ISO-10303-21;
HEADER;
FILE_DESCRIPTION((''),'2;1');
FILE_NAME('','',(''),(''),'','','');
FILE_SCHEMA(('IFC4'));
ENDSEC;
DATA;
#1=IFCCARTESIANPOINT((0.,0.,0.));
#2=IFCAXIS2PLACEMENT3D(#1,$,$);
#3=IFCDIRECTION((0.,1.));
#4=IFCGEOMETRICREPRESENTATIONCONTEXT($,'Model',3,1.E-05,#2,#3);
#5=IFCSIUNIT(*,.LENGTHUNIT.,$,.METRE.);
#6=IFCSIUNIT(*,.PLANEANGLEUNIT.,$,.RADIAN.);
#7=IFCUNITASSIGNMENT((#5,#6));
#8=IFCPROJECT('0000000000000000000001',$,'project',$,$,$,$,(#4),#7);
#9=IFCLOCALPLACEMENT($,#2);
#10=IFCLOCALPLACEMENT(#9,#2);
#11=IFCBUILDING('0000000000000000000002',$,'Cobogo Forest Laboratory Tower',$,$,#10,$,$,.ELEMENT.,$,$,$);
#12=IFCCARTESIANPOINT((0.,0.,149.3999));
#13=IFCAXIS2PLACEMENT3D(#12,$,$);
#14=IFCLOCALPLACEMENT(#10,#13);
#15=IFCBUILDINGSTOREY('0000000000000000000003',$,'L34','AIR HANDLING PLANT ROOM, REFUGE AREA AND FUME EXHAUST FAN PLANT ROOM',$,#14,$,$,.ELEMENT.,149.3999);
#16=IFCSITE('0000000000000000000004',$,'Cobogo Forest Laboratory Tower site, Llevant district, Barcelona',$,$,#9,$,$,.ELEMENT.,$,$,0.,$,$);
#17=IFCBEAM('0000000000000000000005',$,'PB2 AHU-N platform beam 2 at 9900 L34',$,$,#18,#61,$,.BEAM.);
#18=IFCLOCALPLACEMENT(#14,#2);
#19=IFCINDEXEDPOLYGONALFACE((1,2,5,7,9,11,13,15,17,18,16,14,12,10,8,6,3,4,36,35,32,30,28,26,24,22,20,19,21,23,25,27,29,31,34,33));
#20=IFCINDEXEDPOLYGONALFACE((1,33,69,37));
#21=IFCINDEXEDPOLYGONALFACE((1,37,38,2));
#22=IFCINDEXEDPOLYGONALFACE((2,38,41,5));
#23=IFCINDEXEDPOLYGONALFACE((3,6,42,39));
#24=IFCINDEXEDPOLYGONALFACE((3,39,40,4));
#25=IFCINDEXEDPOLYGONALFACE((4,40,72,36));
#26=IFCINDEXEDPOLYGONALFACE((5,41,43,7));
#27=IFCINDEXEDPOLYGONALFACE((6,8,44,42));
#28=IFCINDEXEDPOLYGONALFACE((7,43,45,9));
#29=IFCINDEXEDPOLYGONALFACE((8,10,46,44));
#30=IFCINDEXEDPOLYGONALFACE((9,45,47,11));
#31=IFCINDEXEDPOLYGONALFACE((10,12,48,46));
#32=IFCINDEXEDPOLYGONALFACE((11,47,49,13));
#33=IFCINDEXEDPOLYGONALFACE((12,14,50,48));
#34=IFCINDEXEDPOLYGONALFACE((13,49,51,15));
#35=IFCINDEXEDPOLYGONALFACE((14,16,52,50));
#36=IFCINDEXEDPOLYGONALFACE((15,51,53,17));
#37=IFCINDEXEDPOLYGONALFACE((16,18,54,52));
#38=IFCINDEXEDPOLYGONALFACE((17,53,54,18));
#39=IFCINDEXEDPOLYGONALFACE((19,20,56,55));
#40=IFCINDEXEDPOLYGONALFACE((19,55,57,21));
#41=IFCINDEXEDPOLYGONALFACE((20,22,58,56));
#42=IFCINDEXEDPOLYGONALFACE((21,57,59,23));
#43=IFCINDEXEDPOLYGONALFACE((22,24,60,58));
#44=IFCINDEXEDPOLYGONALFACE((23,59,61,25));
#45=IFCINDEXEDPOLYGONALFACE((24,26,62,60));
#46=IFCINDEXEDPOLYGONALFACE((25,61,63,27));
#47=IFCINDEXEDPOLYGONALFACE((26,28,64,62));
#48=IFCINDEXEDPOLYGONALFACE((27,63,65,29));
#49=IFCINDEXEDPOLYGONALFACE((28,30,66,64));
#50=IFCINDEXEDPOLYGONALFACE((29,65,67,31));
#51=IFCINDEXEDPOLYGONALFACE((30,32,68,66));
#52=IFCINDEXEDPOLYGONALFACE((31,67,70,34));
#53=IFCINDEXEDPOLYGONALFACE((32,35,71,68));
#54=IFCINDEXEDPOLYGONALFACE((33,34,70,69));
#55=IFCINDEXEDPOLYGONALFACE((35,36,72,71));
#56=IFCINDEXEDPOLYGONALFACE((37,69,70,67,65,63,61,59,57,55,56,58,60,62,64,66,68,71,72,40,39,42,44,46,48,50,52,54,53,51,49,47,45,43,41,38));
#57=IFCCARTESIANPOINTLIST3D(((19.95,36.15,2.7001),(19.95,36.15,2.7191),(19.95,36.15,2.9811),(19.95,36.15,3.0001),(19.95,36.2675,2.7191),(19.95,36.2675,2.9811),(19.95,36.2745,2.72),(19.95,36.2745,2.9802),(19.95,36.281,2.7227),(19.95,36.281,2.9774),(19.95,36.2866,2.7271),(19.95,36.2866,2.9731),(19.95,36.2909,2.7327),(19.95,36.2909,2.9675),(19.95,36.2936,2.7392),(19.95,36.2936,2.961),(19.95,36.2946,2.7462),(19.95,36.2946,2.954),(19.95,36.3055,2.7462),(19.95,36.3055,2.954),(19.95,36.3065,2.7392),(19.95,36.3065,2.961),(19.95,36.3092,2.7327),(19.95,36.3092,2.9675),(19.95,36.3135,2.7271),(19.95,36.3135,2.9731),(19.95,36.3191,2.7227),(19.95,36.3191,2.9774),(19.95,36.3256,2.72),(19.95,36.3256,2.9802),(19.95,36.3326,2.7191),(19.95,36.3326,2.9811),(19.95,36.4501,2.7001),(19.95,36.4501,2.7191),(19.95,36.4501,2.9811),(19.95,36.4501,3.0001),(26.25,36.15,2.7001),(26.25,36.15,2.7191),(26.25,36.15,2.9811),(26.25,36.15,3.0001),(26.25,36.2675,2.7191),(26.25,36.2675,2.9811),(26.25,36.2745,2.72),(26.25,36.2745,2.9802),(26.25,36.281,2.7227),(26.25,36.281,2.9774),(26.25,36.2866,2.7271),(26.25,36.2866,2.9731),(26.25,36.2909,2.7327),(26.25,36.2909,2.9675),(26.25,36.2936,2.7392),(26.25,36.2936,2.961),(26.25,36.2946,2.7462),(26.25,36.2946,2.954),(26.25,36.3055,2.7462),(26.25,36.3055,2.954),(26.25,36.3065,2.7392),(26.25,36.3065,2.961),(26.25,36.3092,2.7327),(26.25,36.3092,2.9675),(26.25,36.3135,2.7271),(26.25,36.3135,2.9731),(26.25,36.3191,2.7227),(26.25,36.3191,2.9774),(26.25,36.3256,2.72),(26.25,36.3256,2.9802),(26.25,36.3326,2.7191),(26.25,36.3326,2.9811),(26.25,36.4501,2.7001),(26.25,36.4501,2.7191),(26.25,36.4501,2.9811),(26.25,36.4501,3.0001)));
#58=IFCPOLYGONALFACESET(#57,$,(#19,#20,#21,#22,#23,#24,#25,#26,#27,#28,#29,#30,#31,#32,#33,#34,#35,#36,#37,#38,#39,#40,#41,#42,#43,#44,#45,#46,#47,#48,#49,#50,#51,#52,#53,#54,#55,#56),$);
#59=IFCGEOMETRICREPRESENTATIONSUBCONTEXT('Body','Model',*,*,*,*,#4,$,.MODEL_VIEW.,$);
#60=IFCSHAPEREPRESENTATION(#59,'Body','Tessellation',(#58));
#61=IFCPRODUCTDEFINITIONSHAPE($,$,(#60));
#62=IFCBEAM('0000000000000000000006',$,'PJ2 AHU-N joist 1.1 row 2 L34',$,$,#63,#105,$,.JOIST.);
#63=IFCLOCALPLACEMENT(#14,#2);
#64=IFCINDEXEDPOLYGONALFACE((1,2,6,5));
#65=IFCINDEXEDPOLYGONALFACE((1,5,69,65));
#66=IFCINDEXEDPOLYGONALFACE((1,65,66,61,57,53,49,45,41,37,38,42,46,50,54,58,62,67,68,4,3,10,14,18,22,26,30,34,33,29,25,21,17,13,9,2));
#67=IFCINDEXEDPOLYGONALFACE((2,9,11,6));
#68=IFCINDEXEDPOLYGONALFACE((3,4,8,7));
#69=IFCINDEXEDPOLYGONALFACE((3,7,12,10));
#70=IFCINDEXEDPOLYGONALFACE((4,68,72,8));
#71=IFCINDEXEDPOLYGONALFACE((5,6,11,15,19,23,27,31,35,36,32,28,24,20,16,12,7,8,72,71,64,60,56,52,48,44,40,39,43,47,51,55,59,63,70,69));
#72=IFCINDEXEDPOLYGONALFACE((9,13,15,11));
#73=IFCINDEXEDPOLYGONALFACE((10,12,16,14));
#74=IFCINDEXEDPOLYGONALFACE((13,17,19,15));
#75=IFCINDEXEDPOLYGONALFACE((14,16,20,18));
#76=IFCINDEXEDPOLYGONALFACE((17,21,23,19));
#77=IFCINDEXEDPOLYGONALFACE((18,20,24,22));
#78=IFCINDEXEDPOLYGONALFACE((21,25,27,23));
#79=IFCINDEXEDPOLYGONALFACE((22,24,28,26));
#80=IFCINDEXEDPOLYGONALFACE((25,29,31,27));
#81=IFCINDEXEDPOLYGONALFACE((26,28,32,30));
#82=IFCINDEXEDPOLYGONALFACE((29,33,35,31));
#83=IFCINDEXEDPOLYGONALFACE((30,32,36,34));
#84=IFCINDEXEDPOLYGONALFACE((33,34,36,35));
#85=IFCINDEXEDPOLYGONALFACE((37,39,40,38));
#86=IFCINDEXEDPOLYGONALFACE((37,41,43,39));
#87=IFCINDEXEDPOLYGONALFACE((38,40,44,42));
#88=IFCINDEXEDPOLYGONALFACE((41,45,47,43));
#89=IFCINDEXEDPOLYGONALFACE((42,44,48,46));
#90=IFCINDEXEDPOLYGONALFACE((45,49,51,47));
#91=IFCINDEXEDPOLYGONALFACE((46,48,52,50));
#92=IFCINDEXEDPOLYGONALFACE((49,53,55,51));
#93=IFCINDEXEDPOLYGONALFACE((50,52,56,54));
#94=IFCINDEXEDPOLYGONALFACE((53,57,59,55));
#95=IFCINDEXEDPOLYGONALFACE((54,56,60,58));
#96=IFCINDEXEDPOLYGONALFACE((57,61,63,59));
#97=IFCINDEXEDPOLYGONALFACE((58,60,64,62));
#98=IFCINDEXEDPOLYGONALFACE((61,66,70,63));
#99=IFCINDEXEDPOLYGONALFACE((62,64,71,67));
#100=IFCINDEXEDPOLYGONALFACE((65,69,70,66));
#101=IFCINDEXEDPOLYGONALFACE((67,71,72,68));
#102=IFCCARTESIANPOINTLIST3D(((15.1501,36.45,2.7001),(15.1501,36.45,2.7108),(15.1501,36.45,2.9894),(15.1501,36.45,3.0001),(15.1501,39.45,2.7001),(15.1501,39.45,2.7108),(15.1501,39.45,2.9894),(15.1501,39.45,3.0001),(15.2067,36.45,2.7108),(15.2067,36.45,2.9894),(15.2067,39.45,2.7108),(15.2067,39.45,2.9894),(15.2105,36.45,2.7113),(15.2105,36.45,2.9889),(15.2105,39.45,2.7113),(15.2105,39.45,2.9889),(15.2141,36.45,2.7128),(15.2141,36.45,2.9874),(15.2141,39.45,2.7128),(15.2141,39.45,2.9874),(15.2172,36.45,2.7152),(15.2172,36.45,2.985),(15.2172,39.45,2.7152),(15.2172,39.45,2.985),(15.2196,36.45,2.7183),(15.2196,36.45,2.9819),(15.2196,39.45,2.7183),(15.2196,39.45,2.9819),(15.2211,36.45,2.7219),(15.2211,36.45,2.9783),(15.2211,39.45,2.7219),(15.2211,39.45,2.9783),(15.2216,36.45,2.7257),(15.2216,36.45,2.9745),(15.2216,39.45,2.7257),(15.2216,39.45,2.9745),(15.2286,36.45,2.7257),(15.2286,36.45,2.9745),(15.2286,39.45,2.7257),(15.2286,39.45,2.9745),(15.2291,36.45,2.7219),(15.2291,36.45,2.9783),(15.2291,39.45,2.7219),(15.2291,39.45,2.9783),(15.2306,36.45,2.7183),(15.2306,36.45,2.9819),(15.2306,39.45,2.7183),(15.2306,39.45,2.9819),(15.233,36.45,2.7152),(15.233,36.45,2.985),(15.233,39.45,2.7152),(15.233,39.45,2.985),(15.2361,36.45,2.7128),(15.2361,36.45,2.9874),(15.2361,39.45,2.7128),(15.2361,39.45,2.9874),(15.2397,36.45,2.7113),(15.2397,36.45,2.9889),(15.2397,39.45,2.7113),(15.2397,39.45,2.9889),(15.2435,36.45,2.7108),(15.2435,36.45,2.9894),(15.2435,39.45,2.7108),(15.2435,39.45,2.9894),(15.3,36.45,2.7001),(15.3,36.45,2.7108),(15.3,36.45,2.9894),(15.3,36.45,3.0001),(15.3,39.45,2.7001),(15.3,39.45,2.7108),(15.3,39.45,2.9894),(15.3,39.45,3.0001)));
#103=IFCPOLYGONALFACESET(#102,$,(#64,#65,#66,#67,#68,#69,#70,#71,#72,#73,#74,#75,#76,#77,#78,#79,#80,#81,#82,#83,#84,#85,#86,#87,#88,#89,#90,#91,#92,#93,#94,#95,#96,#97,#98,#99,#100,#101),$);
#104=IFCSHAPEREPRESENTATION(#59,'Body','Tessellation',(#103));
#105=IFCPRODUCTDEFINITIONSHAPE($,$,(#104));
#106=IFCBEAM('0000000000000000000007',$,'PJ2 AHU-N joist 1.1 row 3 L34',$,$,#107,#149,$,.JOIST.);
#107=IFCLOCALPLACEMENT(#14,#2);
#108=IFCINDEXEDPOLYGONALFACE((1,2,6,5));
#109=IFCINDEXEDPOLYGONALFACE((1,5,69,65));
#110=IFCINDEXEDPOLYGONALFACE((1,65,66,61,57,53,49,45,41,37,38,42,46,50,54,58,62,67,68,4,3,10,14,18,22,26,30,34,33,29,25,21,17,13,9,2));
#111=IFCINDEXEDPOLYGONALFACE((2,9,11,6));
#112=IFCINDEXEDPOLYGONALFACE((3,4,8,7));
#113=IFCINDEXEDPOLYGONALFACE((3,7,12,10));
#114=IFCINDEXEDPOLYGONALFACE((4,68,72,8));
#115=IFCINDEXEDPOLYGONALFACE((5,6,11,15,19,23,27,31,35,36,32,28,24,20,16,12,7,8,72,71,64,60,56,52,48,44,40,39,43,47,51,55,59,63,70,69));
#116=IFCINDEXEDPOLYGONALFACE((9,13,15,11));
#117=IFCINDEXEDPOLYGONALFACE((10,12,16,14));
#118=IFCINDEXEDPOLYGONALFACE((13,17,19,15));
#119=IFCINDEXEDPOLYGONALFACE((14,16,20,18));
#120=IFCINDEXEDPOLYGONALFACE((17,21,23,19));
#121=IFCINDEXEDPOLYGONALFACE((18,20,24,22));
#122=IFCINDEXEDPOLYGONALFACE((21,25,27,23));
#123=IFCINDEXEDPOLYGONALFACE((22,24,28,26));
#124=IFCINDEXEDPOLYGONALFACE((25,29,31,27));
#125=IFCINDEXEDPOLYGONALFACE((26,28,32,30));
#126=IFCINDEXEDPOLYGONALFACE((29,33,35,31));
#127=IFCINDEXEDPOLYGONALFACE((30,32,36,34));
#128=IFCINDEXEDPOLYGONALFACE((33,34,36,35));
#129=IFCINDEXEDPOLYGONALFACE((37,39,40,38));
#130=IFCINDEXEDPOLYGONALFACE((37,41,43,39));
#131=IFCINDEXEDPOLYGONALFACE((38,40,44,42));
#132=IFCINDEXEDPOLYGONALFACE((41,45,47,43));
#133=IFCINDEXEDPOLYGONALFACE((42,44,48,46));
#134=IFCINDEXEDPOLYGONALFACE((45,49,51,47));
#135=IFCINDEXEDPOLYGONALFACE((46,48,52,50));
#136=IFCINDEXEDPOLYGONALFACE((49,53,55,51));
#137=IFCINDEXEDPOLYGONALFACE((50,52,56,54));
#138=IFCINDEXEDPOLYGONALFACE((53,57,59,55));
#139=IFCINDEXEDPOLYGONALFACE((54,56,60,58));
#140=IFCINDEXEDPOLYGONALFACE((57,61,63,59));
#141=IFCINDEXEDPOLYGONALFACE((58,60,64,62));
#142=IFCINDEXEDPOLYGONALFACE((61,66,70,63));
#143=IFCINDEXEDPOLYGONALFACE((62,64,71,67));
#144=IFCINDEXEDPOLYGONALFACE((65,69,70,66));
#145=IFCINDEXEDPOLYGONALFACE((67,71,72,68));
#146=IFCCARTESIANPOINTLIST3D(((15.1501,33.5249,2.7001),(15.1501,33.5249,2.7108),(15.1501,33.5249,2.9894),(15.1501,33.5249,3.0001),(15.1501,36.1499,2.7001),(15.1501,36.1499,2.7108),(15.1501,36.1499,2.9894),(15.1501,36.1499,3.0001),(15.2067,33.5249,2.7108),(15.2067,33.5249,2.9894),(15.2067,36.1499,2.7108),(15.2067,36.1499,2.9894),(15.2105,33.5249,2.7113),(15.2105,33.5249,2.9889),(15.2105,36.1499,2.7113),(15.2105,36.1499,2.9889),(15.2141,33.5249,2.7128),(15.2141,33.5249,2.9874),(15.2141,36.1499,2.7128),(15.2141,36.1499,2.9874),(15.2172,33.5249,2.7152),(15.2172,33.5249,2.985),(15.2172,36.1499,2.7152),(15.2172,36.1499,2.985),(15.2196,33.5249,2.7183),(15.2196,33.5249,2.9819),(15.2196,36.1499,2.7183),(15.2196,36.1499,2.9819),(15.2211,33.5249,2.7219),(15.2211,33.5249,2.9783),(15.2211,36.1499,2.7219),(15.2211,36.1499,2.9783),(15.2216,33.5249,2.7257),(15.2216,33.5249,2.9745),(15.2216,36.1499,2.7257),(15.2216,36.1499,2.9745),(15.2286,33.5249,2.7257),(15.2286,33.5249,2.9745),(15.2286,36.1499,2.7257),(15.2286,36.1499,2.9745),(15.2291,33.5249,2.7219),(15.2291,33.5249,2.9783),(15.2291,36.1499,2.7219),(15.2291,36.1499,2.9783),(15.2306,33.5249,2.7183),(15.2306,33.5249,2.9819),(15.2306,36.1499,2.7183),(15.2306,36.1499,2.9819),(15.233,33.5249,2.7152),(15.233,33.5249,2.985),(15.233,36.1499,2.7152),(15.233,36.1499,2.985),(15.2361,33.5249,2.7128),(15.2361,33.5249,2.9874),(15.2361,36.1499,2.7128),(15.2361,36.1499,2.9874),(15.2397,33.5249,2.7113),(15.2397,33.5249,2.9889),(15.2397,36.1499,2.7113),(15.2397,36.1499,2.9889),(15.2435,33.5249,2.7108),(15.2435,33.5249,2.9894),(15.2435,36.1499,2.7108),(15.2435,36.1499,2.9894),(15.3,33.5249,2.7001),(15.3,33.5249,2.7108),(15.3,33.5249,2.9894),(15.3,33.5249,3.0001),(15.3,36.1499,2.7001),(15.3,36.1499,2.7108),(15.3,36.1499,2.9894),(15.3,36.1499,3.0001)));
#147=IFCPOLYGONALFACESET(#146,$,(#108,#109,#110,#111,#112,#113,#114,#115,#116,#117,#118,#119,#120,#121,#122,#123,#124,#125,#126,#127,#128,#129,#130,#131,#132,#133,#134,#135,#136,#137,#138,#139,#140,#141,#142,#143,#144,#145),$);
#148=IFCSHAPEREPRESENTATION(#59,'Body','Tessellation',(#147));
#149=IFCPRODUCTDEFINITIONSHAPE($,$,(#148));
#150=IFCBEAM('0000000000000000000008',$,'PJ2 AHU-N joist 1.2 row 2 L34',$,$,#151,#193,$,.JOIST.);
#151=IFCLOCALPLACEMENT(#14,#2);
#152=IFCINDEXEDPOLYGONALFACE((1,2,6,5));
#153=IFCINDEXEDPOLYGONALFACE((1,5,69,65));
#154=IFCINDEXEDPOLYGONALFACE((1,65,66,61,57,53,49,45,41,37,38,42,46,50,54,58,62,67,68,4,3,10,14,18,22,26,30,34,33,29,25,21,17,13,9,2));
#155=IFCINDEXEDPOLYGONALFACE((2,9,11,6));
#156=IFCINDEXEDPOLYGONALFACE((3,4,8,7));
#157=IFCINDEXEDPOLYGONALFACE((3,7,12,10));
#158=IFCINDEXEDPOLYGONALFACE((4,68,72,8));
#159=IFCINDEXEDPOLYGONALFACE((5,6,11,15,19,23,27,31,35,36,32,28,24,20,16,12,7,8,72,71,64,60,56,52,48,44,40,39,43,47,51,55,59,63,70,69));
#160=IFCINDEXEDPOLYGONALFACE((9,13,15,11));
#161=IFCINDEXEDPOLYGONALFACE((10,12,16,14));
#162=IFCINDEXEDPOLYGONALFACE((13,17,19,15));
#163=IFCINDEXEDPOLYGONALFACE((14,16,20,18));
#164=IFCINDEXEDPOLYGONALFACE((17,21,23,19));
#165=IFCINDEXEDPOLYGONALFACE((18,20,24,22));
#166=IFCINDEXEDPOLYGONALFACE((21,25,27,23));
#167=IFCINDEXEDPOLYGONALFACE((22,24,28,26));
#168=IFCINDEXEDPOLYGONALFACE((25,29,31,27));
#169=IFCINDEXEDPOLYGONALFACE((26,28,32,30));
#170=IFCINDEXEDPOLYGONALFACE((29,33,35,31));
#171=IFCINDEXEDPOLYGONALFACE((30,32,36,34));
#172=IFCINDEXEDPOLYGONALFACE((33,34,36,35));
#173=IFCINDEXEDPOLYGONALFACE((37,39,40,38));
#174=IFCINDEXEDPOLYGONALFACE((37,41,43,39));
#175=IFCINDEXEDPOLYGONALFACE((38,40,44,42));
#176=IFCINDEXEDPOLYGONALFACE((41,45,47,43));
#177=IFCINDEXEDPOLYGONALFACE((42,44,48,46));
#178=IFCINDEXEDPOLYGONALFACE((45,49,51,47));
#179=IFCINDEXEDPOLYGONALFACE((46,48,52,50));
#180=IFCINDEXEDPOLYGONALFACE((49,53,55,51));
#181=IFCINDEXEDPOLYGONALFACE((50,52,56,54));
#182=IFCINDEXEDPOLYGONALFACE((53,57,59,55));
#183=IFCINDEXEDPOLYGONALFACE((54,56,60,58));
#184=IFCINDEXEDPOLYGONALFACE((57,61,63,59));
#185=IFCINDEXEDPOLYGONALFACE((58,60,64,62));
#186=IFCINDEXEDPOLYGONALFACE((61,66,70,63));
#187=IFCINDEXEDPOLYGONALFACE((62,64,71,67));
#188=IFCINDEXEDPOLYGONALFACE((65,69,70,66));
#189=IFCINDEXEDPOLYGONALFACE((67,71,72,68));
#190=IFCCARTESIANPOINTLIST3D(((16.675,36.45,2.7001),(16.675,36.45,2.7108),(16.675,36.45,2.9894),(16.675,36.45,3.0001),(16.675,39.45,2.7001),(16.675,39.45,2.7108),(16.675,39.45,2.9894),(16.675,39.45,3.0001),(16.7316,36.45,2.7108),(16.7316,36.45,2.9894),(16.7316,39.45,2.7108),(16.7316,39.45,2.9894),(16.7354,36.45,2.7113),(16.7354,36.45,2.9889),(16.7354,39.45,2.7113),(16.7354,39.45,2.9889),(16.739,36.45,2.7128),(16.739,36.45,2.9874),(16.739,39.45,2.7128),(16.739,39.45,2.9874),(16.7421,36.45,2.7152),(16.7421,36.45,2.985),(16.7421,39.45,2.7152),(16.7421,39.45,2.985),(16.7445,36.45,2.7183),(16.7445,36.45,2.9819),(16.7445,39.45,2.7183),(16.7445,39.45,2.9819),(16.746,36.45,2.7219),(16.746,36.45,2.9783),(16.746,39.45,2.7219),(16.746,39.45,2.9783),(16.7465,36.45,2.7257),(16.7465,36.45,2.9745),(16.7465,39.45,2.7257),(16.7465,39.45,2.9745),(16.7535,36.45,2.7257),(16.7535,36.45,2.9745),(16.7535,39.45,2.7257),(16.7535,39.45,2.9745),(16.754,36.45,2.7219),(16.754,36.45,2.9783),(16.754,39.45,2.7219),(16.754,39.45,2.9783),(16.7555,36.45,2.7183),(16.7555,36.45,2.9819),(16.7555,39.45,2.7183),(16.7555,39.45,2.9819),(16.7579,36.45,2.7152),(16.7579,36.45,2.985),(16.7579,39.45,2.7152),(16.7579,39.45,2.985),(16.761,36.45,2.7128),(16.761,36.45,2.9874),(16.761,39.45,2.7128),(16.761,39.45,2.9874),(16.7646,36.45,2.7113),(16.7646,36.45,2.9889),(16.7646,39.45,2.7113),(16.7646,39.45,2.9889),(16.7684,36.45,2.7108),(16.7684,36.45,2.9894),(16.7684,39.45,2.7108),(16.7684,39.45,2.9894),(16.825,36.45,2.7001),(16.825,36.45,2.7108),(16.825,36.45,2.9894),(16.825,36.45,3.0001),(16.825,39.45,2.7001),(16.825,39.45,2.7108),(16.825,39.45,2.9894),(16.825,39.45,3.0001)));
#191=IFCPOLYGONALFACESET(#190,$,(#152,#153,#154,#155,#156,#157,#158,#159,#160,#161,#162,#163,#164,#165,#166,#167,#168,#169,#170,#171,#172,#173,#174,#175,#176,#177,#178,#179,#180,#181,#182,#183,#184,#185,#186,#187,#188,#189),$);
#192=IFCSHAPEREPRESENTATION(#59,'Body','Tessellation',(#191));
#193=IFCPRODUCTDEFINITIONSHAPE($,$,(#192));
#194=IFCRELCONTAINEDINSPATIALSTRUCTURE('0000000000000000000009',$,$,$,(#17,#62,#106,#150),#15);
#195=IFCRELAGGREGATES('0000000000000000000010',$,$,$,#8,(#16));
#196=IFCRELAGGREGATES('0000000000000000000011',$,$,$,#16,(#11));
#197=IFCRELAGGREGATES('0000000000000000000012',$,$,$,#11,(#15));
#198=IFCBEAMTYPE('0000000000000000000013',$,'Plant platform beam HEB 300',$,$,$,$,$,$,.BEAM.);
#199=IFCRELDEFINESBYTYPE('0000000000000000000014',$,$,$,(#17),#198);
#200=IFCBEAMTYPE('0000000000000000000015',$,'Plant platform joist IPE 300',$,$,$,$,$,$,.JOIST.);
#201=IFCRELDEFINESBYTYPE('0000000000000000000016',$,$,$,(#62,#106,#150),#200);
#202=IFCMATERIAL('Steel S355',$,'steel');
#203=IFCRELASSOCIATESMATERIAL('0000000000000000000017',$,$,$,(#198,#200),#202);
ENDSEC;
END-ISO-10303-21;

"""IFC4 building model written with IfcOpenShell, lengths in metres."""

from ifc_helpers import new_model, si_unit, direction, frame, origin, origin_2d, place, context, subcontext, project, spatial, i_section, extrude, material, material_profile, profile_set, type_object, element, save


model = new_model("IFC4")

# Units and contexts
model_context = context("Model", 3, precision=1e-05, world=origin(), true_north=direction((0.0, 1.0)))
body_context = subcontext(model_context, "Body", "Model", "MODEL_VIEW")
ifc_project = project(units=[si_unit("LENGTHUNIT", "METRE"), si_unit("PLANEANGLEUNIT", "RADIAN")], contexts=[model_context])

# Site, building, storey
site_placement = place(None, origin())
site = spatial("IfcSite", under=ifc_project, at=site_placement, Name="Cobogo Forest Laboratory Tower site, Llevant district, Barcelona", CompositionType="ELEMENT", RefElevation=0.0)
building_placement = place(site_placement, origin())
building = spatial("IfcBuilding", under=site, at=building_placement, Name="Cobogo Forest Laboratory Tower", CompositionType="ELEMENT")
storey_placement = place(building_placement, frame((0.0, 0.0, 149.3999)))
storey = spatial("IfcBuildingStorey", under=building, at=storey_placement, Name="L34", Description="AIR HANDLING PLANT ROOM, REFUGE AREA AND FUME EXHAUST FAN PLANT ROOM", CompositionType="ELEMENT", Elevation=149.3999)

# Shared definitions
ifc_material_1 = material(Name="Steel S355", Category="steel")

# Beams
ifc_material_profile_1 = material_profile(ifc_material_1, i_section(OverallWidth=0.3, OverallDepth=0.3, WebThickness=0.011, FlangeThickness=0.019, FilletRadius=0.0271, at=origin_2d()), Name="HEB 300")
ifc_profile_set_1 = profile_set([ifc_material_profile_1], Name="Steel S355")
beam_type_1 = type_object("IfcBeamType", Name="Plant platform beam HEB 300", PredefinedType="BEAM", material=ifc_profile_set_1)
beam_1_placement = place(storey_placement, frame((19.95, 36.3, 2.8501), z_axis=(1.0, 0.0, 0.0), x_axis=(0.0, 1.0, 0.0)))
element("IfcBeam", 1, at=beam_1_placement, inside=storey, type_object=beam_type_1, Name="PB2 AHU-N platform beam 2 at 9900 L34", PredefinedType="BEAM", context=body_context, shape_type="SweptSolid", body=[
    extrude(i_section(OverallWidth=0.3, OverallDepth=0.3, WebThickness=0.011, FlangeThickness=0.019, FilletRadius=0.0271, at=origin_2d()), origin(), (0.0, 0.0, 1.0), 6.3),
])
ifc_material_profile_2 = material_profile(ifc_material_1, i_section(OverallWidth=0.1499, OverallDepth=0.3, WebThickness=0.0071, FlangeThickness=0.0107, FilletRadius=0.0149, at=origin_2d()), Name="IPE 300")
ifc_profile_set_2 = profile_set([ifc_material_profile_2], Name="Steel S355")
beam_type_2 = type_object("IfcBeamType", Name="Plant platform joist IPE 300", PredefinedType="JOIST", material=ifc_profile_set_2)
beam_2_placement = place(storey_placement, frame((15.2251, 39.45, 2.8501), z_axis=(0.0, -1.0, 0.0), x_axis=(1.0, 0.0, 0.0)))
element("IfcBeam", 2, at=beam_2_placement, inside=storey, type_object=beam_type_2, Name="PJ2 AHU-N joist 1.1 row 2 L34", PredefinedType="JOIST", context=body_context, shape_type="SweptSolid", body=[
    extrude(i_section(OverallWidth=0.1499, OverallDepth=0.3, WebThickness=0.0071, FlangeThickness=0.0107, FilletRadius=0.0149, at=origin_2d()), origin(), (0.0, 0.0, 1.0), 3.0),
])
beam_3_placement = place(storey_placement, frame((15.2251, 36.1499, 2.8501), z_axis=(0.0, -1.0, 0.0), x_axis=(1.0, 0.0, 0.0)))
element("IfcBeam", 3, at=beam_3_placement, inside=storey, type_object=beam_type_2, Name="PJ2 AHU-N joist 1.1 row 3 L34", PredefinedType="JOIST", context=body_context, shape_type="SweptSolid", body=[
    extrude(i_section(OverallWidth=0.1499, OverallDepth=0.3, WebThickness=0.0071, FlangeThickness=0.0107, FilletRadius=0.0149, at=origin_2d()), origin(), (0.0, 0.0, 1.0), 2.625),
])
beam_4_placement = place(storey_placement, frame((16.75, 39.45, 2.8501), z_axis=(0.0, -1.0, 0.0), x_axis=(1.0, 0.0, 0.0)))
element("IfcBeam", 4, at=beam_4_placement, inside=storey, type_object=beam_type_2, Name="PJ2 AHU-N joist 1.2 row 2 L34", PredefinedType="JOIST", context=body_context, shape_type="SweptSolid", body=[
    extrude(i_section(OverallWidth=0.1499, OverallDepth=0.3, WebThickness=0.0071, FlangeThickness=0.0107, FilletRadius=0.0149, at=origin_2d()), origin(), (0.0, 0.0, 1.0), 3.0),
])

save(model, "model.ifc")
